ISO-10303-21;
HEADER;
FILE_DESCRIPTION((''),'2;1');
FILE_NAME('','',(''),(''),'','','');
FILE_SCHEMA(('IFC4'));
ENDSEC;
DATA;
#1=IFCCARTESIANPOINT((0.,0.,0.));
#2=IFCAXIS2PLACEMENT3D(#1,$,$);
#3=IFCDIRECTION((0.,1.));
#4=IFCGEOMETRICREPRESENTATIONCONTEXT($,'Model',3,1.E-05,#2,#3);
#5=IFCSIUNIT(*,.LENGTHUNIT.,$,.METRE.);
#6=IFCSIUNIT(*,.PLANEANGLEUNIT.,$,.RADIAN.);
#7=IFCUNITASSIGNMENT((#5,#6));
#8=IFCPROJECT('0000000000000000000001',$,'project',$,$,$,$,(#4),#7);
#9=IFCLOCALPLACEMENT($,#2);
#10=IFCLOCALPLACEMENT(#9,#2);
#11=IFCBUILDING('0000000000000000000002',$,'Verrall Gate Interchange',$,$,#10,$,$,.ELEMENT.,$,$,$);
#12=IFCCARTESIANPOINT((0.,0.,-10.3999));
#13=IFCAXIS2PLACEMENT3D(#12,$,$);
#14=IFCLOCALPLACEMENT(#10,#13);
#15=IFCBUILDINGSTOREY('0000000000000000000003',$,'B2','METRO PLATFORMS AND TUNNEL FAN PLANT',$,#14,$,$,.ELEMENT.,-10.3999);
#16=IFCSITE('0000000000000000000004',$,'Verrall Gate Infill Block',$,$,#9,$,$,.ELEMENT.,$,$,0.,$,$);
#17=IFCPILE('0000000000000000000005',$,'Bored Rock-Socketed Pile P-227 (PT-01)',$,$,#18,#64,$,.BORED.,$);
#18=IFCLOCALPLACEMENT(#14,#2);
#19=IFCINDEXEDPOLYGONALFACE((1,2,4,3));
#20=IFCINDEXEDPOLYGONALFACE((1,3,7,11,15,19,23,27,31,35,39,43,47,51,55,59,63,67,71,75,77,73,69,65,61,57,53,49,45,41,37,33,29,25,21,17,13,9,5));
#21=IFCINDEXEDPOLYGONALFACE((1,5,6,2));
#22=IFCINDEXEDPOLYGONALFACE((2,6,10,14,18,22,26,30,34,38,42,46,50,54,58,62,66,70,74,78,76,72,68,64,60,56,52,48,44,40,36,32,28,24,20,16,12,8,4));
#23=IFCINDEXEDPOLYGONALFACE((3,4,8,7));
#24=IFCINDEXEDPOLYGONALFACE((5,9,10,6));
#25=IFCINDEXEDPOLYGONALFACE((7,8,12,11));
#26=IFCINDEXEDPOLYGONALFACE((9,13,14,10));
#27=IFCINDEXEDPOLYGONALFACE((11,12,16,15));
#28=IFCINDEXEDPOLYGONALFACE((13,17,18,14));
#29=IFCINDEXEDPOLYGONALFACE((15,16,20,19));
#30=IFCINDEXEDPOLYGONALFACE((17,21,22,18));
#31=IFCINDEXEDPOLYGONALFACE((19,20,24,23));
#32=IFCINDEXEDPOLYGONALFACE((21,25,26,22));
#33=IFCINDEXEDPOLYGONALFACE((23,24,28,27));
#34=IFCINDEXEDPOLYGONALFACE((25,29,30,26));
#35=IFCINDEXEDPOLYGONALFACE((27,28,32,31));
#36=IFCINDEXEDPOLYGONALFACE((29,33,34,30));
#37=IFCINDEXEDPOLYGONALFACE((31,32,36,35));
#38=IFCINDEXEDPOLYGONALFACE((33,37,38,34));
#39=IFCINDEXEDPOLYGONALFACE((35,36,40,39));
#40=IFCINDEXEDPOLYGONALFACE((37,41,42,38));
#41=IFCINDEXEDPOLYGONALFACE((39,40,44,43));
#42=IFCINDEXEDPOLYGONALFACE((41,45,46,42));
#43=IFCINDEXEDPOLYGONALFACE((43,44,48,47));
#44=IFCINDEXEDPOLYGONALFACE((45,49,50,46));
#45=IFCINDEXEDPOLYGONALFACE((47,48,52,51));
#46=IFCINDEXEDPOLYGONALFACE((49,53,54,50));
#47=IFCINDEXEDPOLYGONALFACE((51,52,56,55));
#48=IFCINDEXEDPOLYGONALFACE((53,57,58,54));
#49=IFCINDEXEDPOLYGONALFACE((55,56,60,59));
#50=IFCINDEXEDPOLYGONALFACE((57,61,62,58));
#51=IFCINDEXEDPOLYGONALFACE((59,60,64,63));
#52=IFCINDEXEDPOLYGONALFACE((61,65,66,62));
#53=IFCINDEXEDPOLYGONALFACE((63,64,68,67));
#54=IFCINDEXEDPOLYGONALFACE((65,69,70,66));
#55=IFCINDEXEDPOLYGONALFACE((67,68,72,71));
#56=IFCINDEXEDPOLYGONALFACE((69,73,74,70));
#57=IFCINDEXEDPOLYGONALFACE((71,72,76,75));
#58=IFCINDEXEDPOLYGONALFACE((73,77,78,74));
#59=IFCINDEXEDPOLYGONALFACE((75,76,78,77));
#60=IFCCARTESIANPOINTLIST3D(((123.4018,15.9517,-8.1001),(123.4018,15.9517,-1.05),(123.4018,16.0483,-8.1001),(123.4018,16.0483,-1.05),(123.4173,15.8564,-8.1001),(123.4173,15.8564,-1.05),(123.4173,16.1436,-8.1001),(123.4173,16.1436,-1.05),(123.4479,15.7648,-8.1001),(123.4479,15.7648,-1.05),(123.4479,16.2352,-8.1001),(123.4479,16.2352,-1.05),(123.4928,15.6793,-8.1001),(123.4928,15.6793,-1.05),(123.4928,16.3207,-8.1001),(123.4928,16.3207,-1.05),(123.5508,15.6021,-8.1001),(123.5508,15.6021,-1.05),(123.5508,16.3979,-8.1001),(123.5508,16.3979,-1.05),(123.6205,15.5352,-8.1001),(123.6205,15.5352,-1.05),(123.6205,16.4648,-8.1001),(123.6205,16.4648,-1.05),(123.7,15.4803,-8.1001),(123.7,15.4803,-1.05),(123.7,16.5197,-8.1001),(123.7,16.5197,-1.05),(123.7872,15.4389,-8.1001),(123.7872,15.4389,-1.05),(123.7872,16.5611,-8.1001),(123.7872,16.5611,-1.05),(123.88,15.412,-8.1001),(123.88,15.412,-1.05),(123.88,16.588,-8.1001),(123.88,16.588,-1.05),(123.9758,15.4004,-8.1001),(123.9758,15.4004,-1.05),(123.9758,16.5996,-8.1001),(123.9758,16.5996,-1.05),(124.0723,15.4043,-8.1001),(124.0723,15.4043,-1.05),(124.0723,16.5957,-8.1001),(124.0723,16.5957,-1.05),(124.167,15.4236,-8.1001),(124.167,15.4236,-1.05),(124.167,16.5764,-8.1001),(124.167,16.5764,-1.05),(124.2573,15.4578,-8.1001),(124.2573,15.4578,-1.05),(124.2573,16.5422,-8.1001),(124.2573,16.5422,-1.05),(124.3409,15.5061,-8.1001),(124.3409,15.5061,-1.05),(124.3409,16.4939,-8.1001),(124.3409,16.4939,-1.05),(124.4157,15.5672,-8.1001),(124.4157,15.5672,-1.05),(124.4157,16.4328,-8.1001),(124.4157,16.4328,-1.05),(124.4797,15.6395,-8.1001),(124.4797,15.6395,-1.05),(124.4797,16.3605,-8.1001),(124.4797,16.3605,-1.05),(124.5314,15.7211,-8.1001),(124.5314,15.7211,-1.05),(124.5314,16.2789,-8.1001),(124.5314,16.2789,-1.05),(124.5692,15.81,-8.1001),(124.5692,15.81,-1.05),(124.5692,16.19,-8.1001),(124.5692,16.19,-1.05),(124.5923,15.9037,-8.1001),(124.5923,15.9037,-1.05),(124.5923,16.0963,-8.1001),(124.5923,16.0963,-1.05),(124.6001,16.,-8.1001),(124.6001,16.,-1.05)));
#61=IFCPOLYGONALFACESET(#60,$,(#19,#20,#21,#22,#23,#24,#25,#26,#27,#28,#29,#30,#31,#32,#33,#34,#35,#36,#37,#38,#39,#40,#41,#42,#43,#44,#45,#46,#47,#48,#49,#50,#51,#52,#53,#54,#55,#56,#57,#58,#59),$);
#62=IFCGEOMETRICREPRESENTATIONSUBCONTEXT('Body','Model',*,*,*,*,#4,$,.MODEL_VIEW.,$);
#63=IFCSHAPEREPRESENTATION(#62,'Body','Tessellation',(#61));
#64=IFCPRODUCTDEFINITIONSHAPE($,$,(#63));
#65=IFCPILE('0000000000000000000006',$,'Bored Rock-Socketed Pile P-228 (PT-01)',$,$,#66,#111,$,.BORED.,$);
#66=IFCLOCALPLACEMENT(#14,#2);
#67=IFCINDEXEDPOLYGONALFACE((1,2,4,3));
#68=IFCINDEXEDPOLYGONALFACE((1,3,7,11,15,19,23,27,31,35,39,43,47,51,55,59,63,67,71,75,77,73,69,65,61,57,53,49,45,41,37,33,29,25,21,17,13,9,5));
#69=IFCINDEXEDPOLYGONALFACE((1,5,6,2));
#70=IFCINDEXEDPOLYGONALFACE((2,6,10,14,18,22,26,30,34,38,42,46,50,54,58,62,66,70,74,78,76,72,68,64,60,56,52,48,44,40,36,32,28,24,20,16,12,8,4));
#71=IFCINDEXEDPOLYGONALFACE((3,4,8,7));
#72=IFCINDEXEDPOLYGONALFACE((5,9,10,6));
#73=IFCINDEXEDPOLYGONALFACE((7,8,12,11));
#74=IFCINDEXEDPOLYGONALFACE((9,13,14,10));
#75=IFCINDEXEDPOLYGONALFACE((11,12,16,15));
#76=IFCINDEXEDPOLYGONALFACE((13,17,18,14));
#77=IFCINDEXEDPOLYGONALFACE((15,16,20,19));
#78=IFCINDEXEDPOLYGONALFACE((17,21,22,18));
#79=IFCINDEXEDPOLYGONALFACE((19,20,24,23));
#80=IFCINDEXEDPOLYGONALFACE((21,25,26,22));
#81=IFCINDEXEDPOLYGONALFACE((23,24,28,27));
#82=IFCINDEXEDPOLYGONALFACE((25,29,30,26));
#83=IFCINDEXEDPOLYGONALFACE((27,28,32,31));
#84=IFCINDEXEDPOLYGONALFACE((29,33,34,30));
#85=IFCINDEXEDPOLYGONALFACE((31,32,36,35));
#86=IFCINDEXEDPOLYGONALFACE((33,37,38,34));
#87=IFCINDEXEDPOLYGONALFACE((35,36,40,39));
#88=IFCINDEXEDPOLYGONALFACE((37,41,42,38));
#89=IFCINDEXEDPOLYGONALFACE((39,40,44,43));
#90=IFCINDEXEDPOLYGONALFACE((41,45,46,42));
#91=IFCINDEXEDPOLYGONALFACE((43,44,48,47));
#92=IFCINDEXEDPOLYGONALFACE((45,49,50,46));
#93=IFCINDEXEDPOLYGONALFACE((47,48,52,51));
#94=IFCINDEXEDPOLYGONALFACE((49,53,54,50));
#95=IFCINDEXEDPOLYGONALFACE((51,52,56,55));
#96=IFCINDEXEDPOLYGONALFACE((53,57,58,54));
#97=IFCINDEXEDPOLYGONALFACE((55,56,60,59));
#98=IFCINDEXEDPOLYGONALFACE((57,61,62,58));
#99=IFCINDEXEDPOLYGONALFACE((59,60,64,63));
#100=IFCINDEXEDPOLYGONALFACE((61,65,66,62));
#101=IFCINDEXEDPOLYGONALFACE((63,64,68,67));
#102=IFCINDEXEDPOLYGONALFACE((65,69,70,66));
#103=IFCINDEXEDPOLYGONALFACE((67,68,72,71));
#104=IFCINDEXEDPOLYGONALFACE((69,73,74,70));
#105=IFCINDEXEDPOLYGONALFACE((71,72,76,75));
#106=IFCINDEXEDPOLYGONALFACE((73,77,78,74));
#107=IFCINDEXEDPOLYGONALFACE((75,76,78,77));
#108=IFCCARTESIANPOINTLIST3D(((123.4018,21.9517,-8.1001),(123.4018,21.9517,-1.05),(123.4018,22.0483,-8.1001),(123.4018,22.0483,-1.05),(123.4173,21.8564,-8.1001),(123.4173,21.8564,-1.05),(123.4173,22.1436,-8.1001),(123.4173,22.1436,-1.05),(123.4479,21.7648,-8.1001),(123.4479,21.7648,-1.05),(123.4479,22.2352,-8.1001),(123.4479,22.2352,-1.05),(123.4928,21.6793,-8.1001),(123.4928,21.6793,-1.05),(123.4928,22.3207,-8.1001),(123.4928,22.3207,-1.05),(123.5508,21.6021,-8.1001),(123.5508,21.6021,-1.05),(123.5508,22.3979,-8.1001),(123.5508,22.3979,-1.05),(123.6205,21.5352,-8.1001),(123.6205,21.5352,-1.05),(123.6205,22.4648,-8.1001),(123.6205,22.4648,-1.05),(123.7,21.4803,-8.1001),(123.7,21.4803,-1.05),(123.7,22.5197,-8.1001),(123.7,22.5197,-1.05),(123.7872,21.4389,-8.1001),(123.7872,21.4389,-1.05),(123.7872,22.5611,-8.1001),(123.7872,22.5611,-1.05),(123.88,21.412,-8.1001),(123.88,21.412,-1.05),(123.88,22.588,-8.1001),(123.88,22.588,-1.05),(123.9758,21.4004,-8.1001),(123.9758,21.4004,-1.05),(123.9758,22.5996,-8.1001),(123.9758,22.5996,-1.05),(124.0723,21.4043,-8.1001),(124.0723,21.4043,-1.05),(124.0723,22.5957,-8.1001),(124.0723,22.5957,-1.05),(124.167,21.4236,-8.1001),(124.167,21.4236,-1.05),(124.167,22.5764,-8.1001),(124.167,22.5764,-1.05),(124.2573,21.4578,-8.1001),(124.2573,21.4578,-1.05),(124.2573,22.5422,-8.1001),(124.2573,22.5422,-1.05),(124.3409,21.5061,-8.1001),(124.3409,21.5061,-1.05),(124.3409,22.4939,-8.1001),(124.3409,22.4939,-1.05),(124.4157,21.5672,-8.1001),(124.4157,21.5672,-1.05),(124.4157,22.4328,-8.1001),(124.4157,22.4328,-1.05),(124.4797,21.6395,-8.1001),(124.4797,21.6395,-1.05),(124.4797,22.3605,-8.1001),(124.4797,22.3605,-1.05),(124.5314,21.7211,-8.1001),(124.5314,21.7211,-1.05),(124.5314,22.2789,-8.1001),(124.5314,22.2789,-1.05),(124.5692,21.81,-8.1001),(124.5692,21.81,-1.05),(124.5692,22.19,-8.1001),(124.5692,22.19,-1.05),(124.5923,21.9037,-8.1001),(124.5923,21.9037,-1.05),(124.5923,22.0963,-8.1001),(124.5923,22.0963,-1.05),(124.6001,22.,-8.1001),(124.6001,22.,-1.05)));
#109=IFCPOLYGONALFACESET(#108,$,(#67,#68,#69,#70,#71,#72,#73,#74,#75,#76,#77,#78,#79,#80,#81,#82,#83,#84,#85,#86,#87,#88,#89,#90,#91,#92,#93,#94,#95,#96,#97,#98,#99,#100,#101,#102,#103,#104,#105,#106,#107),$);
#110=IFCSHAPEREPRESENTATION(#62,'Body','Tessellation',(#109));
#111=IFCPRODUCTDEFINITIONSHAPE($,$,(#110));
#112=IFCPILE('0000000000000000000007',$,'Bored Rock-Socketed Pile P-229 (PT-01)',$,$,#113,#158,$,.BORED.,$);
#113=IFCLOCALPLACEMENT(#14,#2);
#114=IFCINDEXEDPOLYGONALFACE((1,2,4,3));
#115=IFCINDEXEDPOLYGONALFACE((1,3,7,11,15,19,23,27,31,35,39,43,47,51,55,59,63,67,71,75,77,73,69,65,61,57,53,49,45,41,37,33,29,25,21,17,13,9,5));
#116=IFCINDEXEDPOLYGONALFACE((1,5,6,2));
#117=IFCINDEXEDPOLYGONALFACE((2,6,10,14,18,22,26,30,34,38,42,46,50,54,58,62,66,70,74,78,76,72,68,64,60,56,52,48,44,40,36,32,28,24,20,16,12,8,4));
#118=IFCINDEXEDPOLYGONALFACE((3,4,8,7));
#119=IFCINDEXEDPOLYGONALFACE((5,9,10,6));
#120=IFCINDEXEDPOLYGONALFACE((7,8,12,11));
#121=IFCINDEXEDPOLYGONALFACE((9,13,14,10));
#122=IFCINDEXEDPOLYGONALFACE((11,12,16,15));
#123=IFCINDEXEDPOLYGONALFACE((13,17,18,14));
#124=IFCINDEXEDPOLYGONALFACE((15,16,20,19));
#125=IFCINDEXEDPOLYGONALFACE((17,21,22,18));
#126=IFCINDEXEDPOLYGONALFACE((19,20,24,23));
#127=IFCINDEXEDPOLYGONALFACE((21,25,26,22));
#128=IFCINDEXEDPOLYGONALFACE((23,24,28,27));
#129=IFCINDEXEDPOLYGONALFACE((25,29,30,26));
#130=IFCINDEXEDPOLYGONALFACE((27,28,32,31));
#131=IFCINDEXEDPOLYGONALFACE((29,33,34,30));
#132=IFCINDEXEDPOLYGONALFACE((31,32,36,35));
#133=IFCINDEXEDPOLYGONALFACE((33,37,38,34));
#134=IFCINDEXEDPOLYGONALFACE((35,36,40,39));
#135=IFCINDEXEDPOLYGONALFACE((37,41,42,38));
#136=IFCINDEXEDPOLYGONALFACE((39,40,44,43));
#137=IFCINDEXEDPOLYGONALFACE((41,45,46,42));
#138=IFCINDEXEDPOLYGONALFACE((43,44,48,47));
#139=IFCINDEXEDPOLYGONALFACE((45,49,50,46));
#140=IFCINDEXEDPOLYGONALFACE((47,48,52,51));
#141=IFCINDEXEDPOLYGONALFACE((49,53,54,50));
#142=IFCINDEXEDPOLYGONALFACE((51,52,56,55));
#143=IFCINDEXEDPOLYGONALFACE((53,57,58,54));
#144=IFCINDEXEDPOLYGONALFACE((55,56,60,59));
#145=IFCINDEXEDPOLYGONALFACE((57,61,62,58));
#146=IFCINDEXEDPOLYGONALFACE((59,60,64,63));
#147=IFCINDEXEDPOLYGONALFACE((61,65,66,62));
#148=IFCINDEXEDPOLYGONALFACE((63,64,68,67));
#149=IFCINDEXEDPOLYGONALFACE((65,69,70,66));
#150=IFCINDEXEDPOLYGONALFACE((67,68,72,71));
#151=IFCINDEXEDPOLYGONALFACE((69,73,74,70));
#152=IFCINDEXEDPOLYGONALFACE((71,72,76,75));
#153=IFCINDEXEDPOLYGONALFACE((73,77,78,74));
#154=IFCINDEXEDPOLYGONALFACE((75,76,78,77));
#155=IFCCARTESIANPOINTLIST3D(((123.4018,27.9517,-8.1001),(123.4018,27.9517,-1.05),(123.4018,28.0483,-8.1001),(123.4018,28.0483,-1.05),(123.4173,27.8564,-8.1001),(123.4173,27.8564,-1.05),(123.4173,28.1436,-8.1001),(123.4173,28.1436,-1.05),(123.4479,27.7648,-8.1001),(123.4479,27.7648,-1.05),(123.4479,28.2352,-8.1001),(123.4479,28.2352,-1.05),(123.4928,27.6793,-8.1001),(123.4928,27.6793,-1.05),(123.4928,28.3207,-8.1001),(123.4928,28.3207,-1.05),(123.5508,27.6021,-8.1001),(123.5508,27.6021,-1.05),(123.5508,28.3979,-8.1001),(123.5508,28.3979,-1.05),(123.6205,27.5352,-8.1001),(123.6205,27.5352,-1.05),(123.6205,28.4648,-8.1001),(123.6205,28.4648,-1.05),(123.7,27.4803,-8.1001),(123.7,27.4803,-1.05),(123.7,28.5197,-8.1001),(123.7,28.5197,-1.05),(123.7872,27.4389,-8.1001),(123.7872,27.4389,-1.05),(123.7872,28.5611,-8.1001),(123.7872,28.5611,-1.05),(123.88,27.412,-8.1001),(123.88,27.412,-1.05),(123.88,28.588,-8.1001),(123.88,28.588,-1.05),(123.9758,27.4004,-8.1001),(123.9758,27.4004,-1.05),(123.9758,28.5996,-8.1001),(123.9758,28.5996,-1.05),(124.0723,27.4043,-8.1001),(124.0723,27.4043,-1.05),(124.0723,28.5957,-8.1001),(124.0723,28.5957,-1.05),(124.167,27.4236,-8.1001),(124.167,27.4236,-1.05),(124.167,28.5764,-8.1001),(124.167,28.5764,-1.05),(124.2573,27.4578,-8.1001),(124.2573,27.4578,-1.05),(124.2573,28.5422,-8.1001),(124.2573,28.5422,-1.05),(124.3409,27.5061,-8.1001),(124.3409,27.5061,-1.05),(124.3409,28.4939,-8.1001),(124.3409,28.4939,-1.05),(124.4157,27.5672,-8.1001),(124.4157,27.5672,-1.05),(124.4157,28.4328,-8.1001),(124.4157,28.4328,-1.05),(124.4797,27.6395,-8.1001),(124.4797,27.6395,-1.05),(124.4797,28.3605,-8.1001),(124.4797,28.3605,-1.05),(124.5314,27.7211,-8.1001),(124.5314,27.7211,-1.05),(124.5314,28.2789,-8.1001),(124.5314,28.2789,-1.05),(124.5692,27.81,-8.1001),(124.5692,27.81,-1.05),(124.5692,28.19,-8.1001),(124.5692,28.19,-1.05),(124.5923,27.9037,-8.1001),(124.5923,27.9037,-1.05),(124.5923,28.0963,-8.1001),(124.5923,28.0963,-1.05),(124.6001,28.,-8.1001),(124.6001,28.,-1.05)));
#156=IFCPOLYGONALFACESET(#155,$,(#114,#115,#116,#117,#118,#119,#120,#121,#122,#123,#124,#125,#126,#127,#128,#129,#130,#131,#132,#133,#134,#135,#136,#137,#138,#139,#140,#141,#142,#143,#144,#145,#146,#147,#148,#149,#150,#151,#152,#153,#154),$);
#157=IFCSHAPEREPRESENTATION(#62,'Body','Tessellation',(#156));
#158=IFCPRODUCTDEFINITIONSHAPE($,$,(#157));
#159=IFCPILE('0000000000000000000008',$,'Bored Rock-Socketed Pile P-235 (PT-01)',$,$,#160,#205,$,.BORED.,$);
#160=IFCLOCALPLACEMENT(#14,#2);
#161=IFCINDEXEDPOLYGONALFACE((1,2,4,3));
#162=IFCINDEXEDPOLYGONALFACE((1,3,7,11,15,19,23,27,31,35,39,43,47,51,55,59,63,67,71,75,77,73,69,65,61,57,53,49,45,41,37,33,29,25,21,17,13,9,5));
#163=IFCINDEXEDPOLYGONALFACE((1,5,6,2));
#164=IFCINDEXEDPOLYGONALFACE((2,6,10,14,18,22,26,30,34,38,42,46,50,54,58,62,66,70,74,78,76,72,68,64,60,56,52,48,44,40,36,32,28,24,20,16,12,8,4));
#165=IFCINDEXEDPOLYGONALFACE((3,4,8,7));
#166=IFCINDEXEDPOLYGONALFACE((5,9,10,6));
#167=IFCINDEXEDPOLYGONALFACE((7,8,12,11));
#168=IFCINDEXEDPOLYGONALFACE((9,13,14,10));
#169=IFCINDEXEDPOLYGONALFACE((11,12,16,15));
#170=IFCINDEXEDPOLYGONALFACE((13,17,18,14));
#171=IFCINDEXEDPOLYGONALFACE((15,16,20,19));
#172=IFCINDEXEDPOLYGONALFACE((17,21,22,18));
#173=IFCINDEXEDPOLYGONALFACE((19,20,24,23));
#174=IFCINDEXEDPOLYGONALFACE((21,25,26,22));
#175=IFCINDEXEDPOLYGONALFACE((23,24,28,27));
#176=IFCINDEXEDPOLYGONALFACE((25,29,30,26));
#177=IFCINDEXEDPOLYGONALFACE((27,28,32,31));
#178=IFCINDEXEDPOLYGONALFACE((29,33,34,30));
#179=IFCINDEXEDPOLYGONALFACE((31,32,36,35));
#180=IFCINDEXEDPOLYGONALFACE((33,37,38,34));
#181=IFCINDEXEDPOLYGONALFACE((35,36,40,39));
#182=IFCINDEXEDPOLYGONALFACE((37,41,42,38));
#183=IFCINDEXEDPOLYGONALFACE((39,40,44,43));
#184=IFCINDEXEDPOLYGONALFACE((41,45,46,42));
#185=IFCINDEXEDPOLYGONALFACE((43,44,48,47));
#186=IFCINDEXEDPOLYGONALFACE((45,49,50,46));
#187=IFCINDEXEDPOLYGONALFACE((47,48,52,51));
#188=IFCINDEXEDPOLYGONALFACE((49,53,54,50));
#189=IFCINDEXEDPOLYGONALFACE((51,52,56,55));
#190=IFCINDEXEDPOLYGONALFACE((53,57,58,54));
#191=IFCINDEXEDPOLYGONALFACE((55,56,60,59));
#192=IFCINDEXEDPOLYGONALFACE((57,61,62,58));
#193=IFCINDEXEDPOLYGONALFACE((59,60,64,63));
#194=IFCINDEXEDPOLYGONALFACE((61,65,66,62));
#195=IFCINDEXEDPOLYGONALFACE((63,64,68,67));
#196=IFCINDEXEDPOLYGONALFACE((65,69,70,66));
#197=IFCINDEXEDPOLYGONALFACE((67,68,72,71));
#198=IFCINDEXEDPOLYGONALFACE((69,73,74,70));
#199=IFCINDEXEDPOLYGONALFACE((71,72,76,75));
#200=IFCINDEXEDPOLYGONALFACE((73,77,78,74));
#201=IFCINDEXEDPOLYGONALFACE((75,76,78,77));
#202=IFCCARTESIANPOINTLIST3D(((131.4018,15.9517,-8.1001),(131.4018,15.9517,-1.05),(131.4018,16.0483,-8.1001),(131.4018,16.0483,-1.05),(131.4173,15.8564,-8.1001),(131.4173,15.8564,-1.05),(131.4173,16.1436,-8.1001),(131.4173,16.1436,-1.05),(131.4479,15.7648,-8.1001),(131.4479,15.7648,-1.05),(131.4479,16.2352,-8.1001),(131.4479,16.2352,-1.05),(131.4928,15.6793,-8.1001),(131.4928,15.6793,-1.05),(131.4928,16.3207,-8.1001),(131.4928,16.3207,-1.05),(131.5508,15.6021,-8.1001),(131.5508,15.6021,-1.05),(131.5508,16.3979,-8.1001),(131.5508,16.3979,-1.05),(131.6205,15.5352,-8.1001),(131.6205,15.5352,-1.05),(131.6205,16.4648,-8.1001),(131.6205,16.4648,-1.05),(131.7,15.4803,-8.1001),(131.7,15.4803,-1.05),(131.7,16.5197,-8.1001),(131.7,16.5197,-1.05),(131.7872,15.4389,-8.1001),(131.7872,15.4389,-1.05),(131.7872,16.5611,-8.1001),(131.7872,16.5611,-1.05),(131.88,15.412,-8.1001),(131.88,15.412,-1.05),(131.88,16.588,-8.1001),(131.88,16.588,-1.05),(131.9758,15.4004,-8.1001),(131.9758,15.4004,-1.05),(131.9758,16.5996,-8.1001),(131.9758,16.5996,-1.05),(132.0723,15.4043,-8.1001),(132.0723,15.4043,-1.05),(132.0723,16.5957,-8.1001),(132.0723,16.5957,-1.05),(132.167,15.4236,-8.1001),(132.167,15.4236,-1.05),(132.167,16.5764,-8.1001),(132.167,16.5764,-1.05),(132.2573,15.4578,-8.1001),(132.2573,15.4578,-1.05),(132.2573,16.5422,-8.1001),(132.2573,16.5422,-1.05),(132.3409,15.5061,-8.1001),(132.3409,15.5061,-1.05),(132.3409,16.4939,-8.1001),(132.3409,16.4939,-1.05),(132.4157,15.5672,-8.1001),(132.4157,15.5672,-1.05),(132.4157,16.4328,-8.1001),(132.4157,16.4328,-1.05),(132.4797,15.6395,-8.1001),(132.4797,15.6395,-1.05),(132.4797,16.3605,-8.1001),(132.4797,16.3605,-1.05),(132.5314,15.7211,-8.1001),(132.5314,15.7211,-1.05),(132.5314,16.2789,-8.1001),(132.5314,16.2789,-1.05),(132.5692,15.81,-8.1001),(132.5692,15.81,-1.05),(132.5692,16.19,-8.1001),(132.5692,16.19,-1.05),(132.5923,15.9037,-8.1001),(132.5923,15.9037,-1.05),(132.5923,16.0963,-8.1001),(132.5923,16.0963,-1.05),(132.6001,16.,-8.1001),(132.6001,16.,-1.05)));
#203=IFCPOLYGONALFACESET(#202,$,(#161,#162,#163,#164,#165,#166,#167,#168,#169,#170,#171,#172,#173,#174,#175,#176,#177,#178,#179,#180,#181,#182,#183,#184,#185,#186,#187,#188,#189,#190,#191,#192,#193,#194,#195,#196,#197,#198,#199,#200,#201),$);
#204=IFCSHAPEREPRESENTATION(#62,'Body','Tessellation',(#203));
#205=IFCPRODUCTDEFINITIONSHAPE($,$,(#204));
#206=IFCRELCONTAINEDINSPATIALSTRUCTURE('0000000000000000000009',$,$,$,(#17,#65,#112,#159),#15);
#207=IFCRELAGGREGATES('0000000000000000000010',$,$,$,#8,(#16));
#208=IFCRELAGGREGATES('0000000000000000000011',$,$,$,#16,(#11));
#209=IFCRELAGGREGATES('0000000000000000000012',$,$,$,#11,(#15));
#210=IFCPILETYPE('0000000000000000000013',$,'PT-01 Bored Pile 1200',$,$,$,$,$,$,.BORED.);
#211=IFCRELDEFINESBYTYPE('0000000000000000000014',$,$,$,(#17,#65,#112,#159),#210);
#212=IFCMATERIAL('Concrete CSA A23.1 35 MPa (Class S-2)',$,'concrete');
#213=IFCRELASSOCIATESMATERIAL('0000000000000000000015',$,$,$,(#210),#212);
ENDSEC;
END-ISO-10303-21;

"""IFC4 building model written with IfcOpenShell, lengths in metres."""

from ifc_helpers import new_model, si_unit, direction, frame, origin, origin_2d, place, context, subcontext, project, spatial, circle, extrude, material, material_profile, profile_set, type_object, element, save


model = new_model("IFC4")

# Units and contexts
model_context = context("Model", 3, precision=1e-05, world=origin(), true_north=direction((0.0, 1.0)))
body_context = subcontext(model_context, "Body", "Model", "MODEL_VIEW")
ifc_project = project(units=[si_unit("LENGTHUNIT", "METRE"), si_unit("PLANEANGLEUNIT", "RADIAN")], contexts=[model_context])

# Site, building, storey
site_placement = place(None, origin())
site = spatial("IfcSite", under=ifc_project, at=site_placement, Name="Verrall Gate Infill Block", CompositionType="ELEMENT", RefElevation=0.0)
building_placement = place(site_placement, origin())
building = spatial("IfcBuilding", under=site, at=building_placement, Name="Verrall Gate Interchange", CompositionType="ELEMENT")
storey_placement = place(building_placement, frame((0.0, 0.0, -10.3999)))
storey = spatial("IfcBuildingStorey", under=building, at=storey_placement, Name="B2", Description="METRO PLATFORMS AND TUNNEL FAN PLANT", CompositionType="ELEMENT", Elevation=-10.3999)

# Piles
ifc_material_1 = material(Name="Concrete CSA A23.1 35 MPa (Class S-2)", Category="concrete")
ifc_material_profile_1 = material_profile(ifc_material_1, circle(Radius=0.6001, at=origin_2d()), Name="PILE1200D")
ifc_profile_set_1 = profile_set([ifc_material_profile_1], Name="Concrete CSA A23.1 35 MPa (Class S-2)")
pile_type_1 = type_object("IfcPileType", Name="PT-01 Bored Pile 1200", PredefinedType="BORED", material=ifc_profile_set_1)
for number, where, z_axis, x_axis, name in (
    (1, (124.0, 16.0, -1.05), (0.0, 0.0, -1.0), (1.0, 0.0, 0.0), "Bored Rock-Socketed Pile P-227 (PT-01)"),
    (2, (124.0, 22.0, -1.05), (0.0, 0.0, -1.0), (1.0, 0.0, 0.0), "Bored Rock-Socketed Pile P-228 (PT-01)"),
    (3, (124.0, 28.0, -1.05), (0.0, 0.0, -1.0), (1.0, 0.0, 0.0), "Bored Rock-Socketed Pile P-229 (PT-01)"),
    (4, (132.0, 16.0, -1.05), (0.0, 0.0, -1.0), (1.0, 0.0, 0.0), "Bored Rock-Socketed Pile P-235 (PT-01)"),
):
    element("IfcPile", number, at=place(storey_placement, frame(where, z_axis=z_axis, x_axis=x_axis)), inside=storey, type_object=pile_type_1, Name=name, PredefinedType="BORED", context=body_context, shape_type="SweptSolid", body=[
        extrude(circle(Radius=0.6001, at=origin_2d()), origin(), (0.0, 0.0, 1.0), 7.05),
    ])

save(model, "model.ifc")
